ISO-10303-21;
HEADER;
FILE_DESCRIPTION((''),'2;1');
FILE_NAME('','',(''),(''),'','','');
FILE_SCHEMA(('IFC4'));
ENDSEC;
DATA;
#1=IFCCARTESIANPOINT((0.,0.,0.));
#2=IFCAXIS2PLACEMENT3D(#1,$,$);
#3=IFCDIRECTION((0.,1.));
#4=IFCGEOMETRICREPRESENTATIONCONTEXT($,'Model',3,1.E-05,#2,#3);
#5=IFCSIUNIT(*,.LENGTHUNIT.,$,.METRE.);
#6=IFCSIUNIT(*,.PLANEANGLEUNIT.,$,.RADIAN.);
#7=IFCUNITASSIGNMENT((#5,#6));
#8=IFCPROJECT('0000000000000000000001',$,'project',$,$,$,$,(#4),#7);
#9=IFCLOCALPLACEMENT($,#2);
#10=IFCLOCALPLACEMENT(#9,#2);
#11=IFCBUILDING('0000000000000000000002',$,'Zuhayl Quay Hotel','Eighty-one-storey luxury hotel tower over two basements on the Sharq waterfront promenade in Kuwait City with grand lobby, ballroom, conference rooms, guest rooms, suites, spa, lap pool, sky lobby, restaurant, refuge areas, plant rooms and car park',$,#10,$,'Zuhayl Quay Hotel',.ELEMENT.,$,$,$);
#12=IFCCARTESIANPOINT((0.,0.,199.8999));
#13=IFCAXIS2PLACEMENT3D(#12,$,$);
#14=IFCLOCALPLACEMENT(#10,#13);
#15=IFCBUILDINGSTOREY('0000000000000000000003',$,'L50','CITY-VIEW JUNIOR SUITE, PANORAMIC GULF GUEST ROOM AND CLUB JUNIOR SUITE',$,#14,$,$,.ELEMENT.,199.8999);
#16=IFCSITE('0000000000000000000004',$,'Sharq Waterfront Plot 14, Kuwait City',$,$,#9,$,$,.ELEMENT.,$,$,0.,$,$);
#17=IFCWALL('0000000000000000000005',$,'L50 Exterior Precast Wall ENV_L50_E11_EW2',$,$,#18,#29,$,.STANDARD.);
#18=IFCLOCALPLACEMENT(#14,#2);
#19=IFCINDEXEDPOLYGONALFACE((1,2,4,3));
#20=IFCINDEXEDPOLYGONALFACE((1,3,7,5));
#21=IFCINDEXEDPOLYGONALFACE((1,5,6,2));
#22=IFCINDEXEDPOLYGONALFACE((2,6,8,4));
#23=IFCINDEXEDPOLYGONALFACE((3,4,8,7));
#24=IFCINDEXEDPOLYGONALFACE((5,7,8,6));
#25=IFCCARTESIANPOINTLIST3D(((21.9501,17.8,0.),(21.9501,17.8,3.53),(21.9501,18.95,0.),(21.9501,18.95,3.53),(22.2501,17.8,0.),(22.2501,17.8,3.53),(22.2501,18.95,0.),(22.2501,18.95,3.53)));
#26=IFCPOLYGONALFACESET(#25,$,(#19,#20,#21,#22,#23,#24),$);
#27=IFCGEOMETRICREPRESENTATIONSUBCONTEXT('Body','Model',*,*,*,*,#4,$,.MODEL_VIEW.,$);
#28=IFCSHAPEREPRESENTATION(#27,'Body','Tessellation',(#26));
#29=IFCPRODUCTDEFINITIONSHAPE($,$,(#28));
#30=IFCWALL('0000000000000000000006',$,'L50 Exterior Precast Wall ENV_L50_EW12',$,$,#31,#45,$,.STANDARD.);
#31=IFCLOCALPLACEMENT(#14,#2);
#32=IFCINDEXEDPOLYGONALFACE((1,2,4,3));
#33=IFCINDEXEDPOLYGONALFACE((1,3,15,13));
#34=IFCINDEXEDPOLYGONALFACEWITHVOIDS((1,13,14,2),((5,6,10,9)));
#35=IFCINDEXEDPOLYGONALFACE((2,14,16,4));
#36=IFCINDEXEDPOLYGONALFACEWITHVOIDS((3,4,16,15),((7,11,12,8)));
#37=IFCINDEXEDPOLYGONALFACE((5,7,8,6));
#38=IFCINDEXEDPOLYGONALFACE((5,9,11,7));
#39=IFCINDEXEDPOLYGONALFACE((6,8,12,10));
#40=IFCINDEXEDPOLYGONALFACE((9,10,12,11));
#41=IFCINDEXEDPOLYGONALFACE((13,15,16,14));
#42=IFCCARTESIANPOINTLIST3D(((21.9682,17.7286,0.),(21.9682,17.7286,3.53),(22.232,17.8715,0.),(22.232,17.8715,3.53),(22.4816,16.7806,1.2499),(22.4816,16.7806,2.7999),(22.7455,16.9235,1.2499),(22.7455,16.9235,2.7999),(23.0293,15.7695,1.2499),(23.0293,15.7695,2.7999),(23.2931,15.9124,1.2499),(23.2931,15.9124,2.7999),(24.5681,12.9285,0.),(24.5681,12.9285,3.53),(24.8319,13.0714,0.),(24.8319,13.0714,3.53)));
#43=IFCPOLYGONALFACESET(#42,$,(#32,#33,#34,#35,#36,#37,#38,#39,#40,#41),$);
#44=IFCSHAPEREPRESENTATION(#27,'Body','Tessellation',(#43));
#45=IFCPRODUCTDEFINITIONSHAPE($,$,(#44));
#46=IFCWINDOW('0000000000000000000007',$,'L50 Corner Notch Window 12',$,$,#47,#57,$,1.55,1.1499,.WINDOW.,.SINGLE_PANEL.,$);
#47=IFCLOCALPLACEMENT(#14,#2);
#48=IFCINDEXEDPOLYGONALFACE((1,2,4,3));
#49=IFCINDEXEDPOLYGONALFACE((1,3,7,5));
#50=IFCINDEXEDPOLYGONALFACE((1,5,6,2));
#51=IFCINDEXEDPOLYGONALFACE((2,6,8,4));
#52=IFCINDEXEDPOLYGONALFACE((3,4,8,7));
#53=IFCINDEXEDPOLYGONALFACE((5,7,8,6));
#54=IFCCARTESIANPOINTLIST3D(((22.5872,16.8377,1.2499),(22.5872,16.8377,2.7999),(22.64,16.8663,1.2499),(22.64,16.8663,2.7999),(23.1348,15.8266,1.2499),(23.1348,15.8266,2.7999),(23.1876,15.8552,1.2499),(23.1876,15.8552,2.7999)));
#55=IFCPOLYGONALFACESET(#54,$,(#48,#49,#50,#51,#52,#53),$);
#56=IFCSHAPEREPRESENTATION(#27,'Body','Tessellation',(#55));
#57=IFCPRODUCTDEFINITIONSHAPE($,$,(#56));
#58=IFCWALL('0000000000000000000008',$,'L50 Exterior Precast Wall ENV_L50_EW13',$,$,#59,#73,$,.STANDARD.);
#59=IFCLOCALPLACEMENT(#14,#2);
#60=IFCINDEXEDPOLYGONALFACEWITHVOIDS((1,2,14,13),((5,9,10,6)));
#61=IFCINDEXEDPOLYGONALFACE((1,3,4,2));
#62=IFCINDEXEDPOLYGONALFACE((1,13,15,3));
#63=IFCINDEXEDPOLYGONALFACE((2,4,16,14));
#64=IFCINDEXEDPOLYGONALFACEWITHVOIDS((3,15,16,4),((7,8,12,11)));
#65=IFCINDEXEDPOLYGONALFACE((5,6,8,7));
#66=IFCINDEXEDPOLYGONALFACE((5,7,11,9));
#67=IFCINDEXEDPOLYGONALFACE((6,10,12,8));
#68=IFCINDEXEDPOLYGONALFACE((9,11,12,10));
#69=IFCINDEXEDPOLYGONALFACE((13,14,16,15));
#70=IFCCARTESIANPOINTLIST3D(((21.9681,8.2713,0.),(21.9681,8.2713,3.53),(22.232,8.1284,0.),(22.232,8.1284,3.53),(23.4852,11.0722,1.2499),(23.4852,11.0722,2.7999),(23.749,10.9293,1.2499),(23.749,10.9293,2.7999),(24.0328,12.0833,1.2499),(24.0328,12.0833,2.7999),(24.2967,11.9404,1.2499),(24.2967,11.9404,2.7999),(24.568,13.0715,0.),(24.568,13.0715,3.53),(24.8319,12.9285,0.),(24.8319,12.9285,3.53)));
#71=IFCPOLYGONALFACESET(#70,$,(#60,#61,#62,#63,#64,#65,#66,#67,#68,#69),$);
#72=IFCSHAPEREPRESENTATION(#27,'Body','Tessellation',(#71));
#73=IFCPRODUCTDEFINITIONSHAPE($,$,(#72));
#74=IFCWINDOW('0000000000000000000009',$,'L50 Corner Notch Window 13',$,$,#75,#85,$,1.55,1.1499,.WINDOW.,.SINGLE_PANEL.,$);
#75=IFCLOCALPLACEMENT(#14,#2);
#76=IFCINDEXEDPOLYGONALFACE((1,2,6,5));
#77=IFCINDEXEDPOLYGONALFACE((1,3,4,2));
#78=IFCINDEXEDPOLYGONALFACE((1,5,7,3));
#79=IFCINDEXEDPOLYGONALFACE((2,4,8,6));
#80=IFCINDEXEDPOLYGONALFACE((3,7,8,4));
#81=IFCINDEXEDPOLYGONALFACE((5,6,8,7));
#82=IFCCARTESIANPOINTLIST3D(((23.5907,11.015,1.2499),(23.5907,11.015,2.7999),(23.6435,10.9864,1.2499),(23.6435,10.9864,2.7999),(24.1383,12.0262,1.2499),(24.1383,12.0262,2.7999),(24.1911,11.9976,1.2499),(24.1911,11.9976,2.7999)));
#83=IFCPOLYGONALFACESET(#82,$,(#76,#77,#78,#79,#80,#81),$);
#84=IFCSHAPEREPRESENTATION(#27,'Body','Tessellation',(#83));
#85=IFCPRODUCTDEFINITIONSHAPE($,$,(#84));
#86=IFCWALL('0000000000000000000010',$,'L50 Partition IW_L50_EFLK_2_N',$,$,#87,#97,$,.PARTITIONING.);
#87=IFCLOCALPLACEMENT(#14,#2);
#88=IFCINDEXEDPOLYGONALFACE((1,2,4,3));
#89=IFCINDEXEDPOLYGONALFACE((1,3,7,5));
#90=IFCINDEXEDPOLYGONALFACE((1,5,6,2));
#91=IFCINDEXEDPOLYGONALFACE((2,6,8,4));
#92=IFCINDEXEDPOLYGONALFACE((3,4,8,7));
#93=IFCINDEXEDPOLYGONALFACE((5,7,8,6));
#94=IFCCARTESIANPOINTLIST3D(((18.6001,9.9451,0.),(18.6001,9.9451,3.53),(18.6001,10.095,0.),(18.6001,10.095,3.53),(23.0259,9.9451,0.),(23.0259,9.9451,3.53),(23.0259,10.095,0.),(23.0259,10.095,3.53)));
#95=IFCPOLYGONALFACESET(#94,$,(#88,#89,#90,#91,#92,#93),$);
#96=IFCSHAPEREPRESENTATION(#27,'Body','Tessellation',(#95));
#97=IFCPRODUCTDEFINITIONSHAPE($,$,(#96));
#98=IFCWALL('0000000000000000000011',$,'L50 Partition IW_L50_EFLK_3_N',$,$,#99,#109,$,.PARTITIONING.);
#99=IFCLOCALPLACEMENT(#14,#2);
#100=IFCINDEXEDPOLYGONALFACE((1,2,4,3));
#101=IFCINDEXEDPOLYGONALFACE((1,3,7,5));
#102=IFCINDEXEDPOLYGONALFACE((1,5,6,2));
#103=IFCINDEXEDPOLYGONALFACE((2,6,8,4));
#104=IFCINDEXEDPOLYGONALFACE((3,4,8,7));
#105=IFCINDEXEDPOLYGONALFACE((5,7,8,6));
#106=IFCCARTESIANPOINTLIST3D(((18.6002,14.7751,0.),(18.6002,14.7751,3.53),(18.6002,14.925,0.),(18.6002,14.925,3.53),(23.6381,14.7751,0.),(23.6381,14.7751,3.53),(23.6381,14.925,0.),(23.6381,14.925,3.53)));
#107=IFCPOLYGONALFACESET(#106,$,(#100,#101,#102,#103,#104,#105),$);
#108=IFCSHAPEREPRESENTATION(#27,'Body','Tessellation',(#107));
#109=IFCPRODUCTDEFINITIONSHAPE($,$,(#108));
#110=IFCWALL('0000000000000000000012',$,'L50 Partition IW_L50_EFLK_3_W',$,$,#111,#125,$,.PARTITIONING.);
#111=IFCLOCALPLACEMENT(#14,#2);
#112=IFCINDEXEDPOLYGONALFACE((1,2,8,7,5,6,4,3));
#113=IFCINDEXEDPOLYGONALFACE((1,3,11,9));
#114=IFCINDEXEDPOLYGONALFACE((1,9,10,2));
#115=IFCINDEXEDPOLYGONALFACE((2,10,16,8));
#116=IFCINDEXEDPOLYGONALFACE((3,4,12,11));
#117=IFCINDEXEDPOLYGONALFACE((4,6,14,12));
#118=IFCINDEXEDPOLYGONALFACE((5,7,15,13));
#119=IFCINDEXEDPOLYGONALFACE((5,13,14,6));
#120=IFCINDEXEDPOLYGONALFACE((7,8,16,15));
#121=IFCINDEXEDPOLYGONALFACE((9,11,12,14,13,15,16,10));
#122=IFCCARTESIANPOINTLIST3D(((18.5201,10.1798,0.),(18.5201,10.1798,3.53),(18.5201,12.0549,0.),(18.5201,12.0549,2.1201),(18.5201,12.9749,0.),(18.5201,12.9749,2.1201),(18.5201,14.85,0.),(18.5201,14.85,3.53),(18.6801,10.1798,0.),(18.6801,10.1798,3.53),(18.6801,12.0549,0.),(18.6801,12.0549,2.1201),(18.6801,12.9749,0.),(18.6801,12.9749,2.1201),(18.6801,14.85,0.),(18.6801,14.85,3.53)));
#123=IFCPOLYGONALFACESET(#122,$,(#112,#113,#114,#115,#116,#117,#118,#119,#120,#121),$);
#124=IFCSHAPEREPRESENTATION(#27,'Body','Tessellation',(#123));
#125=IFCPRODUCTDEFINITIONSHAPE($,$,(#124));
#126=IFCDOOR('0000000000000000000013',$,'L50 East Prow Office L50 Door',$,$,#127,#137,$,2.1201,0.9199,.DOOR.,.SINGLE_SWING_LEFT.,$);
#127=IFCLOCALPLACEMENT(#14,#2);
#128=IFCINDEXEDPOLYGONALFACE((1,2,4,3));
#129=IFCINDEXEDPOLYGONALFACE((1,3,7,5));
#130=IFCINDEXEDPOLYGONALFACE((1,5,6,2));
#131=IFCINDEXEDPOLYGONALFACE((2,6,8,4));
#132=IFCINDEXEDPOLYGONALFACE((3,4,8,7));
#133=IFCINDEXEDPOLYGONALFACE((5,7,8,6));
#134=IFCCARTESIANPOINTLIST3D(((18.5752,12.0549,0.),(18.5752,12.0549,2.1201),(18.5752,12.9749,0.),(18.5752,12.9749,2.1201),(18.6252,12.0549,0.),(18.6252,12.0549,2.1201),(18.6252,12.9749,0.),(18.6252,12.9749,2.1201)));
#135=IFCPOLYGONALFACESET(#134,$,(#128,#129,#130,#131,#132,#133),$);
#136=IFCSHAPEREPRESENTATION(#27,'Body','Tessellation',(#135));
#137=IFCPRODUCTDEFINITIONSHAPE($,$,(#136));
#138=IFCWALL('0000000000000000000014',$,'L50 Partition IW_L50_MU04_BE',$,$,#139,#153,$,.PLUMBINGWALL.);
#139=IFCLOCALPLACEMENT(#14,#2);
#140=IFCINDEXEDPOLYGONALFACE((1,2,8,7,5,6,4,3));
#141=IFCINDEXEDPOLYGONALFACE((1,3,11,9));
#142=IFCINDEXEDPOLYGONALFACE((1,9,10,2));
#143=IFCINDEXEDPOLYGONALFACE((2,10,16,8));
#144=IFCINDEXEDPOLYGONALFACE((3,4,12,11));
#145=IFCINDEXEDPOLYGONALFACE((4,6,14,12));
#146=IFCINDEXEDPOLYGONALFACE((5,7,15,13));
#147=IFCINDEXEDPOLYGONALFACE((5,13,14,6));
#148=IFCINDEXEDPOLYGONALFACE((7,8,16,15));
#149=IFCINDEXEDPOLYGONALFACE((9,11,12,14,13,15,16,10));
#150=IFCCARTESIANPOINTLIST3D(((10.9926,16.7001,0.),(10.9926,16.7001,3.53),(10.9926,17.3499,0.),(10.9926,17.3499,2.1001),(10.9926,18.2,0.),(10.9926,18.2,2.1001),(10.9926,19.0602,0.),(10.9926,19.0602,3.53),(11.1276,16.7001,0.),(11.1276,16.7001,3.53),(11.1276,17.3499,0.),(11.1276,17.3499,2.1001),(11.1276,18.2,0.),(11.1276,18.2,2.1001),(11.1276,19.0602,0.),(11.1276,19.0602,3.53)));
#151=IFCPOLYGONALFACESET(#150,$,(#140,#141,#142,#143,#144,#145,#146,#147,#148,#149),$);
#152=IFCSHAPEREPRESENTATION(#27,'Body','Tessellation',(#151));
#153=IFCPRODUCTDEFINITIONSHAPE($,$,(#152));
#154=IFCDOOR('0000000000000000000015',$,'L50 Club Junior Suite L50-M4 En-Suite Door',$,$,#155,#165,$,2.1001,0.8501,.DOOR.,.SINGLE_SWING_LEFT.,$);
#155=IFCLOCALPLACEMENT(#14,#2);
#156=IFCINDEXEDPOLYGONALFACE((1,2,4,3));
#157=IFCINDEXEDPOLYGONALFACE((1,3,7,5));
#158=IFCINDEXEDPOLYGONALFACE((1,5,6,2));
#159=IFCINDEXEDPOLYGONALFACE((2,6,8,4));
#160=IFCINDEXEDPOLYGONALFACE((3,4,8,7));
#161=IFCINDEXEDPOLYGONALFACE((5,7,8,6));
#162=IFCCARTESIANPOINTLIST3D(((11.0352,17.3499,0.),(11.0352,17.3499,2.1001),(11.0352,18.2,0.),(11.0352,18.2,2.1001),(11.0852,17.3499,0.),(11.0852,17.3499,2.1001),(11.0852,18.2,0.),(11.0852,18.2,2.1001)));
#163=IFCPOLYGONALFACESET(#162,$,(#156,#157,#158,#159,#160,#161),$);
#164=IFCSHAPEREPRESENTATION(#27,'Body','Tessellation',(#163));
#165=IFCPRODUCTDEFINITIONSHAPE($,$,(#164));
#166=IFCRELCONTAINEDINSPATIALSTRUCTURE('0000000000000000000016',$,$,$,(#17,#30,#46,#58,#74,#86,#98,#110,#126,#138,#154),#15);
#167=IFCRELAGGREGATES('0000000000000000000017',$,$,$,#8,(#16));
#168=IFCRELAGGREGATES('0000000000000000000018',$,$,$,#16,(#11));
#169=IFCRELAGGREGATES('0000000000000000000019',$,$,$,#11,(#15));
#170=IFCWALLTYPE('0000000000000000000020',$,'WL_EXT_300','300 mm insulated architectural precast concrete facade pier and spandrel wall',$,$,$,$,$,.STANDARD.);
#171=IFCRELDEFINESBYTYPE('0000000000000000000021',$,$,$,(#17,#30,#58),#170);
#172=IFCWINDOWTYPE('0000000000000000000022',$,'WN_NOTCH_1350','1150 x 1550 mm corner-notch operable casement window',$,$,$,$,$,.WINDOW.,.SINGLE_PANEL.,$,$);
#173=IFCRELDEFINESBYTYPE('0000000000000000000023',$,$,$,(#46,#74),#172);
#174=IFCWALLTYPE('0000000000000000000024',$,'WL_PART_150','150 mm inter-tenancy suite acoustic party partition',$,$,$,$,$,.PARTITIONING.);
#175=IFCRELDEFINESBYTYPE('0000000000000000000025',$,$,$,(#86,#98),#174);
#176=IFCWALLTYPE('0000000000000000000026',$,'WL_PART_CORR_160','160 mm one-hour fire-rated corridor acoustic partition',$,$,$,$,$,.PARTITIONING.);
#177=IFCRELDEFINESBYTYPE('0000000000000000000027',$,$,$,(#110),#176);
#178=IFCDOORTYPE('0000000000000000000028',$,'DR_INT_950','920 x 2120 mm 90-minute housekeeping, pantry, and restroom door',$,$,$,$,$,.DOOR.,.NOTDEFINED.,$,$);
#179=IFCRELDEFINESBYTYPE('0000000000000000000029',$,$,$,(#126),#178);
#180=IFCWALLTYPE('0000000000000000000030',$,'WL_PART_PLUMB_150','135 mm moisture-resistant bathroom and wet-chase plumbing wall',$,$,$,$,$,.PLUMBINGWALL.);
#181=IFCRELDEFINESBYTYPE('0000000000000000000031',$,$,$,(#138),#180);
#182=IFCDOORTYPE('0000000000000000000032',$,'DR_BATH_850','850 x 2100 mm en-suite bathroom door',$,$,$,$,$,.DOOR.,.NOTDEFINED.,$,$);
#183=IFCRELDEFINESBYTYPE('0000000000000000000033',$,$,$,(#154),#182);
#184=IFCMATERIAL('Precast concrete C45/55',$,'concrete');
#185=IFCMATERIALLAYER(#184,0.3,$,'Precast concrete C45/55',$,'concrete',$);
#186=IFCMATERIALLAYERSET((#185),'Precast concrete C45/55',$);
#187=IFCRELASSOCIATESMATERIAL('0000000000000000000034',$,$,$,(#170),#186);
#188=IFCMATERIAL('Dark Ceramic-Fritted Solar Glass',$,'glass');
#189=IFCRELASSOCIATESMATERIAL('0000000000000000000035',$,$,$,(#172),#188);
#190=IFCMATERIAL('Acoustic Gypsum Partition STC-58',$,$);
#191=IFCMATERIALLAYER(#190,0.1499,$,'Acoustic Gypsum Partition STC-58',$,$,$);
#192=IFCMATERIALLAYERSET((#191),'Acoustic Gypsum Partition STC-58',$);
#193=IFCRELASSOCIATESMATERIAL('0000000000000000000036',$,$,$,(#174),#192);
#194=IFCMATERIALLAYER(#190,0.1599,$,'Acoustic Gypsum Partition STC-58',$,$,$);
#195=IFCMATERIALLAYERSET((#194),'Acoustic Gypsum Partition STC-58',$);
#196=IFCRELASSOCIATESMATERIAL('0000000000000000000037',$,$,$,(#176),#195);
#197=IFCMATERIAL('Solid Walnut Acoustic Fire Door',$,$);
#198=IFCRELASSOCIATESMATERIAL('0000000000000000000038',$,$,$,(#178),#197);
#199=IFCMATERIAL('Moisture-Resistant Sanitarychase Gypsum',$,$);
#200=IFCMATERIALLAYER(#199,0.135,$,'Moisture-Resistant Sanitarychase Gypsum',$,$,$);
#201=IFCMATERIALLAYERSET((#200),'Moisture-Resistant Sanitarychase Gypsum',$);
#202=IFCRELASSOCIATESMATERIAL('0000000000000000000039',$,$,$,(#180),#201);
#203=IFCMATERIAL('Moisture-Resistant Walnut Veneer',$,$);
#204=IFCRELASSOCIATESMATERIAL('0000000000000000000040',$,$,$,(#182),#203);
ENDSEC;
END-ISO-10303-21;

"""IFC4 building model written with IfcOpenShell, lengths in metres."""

from ifc_helpers import new_model, si_unit, direction, frame, frame_2d, origin, place, context, subcontext, project, spatial, rectangle, extrude, material, layer, layer_set, type_object, element, fill, save


model = new_model("IFC4")

# Units and contexts
model_context = context("Model", 3, precision=1e-05, world=origin(), true_north=direction((0.0, 1.0)))
body_context = subcontext(model_context, "Body", "Model", "MODEL_VIEW")
ifc_project = project(units=[si_unit("LENGTHUNIT", "METRE"), si_unit("PLANEANGLEUNIT", "RADIAN")], contexts=[model_context])

# Site, building, storey
site_placement = place(None, origin())
site = spatial("IfcSite", under=ifc_project, at=site_placement, Name="Sharq Waterfront Plot 14, Kuwait City", CompositionType="ELEMENT", RefElevation=0.0)
building_placement = place(site_placement, origin())
building = spatial("IfcBuilding", under=site, at=building_placement, Name="Zuhayl Quay Hotel", Description="Eighty-one-storey luxury hotel tower over two basements on the Sharq waterfront promenade in Kuwait City with grand lobby, ballroom, conference rooms, guest rooms, suites, spa, lap pool, sky lobby, restaurant, refuge areas, plant rooms and car park", LongName="Zuhayl Quay Hotel", CompositionType="ELEMENT")
storey_placement = place(building_placement, frame((0.0, 0.0, 199.8999)))
storey = spatial("IfcBuildingStorey", under=building, at=storey_placement, Name="L50", Description="CITY-VIEW JUNIOR SUITE, PANORAMIC GULF GUEST ROOM AND CLUB JUNIOR SUITE", CompositionType="ELEMENT", Elevation=199.8999)

# Shared definitions
ifc_material_1 = material(Name="Dark Ceramic-Fritted Solar Glass", Category="glass")

# Wall
ifc_material_2 = material(Name="Precast concrete C45/55", Category="concrete")
ifc_layer_1 = layer(ifc_material_2, 0.3, Name="Precast concrete C45/55", Category="concrete")
ifc_layer_set_1 = layer_set([ifc_layer_1], Name="Precast concrete C45/55")
wall_type_1 = type_object("IfcWallType", Name="WL_EXT_300", Description="300 mm insulated architectural precast concrete facade pier and spandrel wall", PredefinedType="STANDARD", material=ifc_layer_set_1)
wall_1_placement = place(storey_placement, frame((22.1001, 18.95, 0.0), z_axis=(0.0, 0.0, 1.0), x_axis=(0.0, -1.0, 0.0)))
element("IfcWall", 1, at=wall_1_placement, inside=storey, type_object=wall_type_1, Name="L50 Exterior Precast Wall ENV_L50_E11_EW2", PredefinedType="STANDARD", context=body_context, shape_type="SweptSolid", body=[
    extrude(rectangle(XDim=1.1499, YDim=0.3, at=frame_2d((0.575, 0.0))), origin(), (0.0, 0.0, 1.0), 3.53),
])

# Walls, openings, windows
wall_2_placement = place(storey_placement, frame((22.1001, 17.8, 0.0), z_axis=(0.0, 0.0, 1.0), x_axis=(0.476259, -0.879305, 0.0)))
wall_2 = element("IfcWall", 2, at=wall_2_placement, inside=storey, type_object=wall_type_1, Name="L50 Exterior Precast Wall ENV_L50_EW12", PredefinedType="STANDARD", context=body_context, shape_type="SweptSolid", body=[
    extrude(rectangle(XDim=5.459, YDim=0.3, at=frame_2d((2.7295, 0.0))), origin(), (0.0, 0.0, 1.0), 3.53),
])
opening_1_placement = place(wall_2_placement, frame((1.0781, 0.0, 1.25)))
opening_1 = element("IfcOpeningElement", 3, at=opening_1_placement, cuts=wall_2, PredefinedType="OPENING", context=body_context, shape_type="SweptSolid", body=[
    extrude(rectangle(XDim=1.1499, YDim=1.55, at=frame_2d((0.575, 0.7749))), frame((0.0, 0.1599, 0.0), z_axis=(0.0, -1.0, 0.0), x_axis=(1.0, 0.0, 0.0)), (0.0, 0.0, 1.0), 0.3201),
])
window_type = type_object("IfcWindowType", Name="WN_NOTCH_1350", Description="1150 x 1550 mm corner-notch operable casement window", PartitioningType="SINGLE_PANEL", PredefinedType="WINDOW", material=ifc_material_1)
window_1_placement = place(opening_1_placement, origin())
window_1 = element("IfcWindow", 4, at=window_1_placement, inside=storey, type_object=window_type, Name="L50 Corner Notch Window 12", OverallHeight=1.55, OverallWidth=1.1499, PartitioningType="SINGLE_PANEL", PredefinedType="WINDOW", context=body_context, shape_type="SweptSolid", body=[
    extrude(rectangle(XDim=1.1499, YDim=1.55, at=frame_2d((0.575, 0.7749))), frame((0.0, 0.03, 0.0), z_axis=(0.0, -1.0, 0.0), x_axis=(1.0, 0.0, 0.0)), (0.0, 0.0, 1.0), 0.0601),
])
fill(opening_1, window_1)
wall_3_placement = place(storey_placement, frame((24.7, 13.0, 0.0), z_axis=(0.0, 0.0, 1.0), x_axis=(-0.476259, -0.879305, 0.0)))
wall_3 = element("IfcWall", 5, at=wall_3_placement, inside=storey, type_object=wall_type_1, Name="L50 Exterior Precast Wall ENV_L50_EW13", PredefinedType="STANDARD", context=body_context, shape_type="SweptSolid", body=[
    extrude(rectangle(XDim=5.459, YDim=0.3, at=frame_2d((2.7295, 0.0))), origin(), (0.0, 0.0, 1.0), 3.53),
])
opening_2_placement = place(wall_3_placement, frame((1.1238, 0.0, 1.25)))
opening_2 = element("IfcOpeningElement", 6, at=opening_2_placement, cuts=wall_3, PredefinedType="OPENING", context=body_context, shape_type="SweptSolid", body=[
    extrude(rectangle(XDim=1.1499, YDim=1.55, at=frame_2d((0.575, 0.7749))), frame((0.0, 0.1599, 0.0), z_axis=(0.0, -1.0, 0.0), x_axis=(1.0, 0.0, 0.0)), (0.0, 0.0, 1.0), 0.3201),
])
window_2_placement = place(opening_2_placement, origin())
window_2 = element("IfcWindow", 7, at=window_2_placement, inside=storey, type_object=window_type, Name="L50 Corner Notch Window 13", OverallHeight=1.55, OverallWidth=1.1499, PartitioningType="SINGLE_PANEL", PredefinedType="WINDOW", context=body_context, shape_type="SweptSolid", body=[
    extrude(rectangle(XDim=1.1499, YDim=1.55, at=frame_2d((0.575, 0.7749))), frame((0.0, 0.03, 0.0), z_axis=(0.0, -1.0, 0.0), x_axis=(1.0, 0.0, 0.0)), (0.0, 0.0, 1.0), 0.0601),
])
fill(opening_2, window_2)

# Walls
ifc_material_3 = material(Name="Acoustic Gypsum Partition STC-58")
ifc_layer_2 = layer(ifc_material_3, 0.1499, Name="Acoustic Gypsum Partition STC-58")
ifc_layer_set_2 = layer_set([ifc_layer_2], Name="Acoustic Gypsum Partition STC-58")
wall_type_2 = type_object("IfcWallType", Name="WL_PART_150", Description="150 mm inter-tenancy suite acoustic party partition", PredefinedType="PARTITIONING", material=ifc_layer_set_2)
wall_4_placement = place(storey_placement, frame((18.6001, 10.02, 0.0), z_axis=(0.0, 0.0, 1.0), x_axis=(1.0, 0.0, 0.0)))
element("IfcWall", 8, at=wall_4_placement, inside=storey, type_object=wall_type_2, Name="L50 Partition IW_L50_EFLK_2_N", PredefinedType="PARTITIONING", context=body_context, shape_type="SweptSolid", body=[
    extrude(rectangle(XDim=4.4258, YDim=0.1499, at=frame_2d((2.2129, 0.0))), origin(), (0.0, 0.0, 1.0), 3.53),
])
wall_5_placement = place(storey_placement, frame((18.6001, 14.8501, 0.0), z_axis=(0.0, 0.0, 1.0), x_axis=(1.0, 0.0, 0.0)))
element("IfcWall", 9, at=wall_5_placement, inside=storey, type_object=wall_type_2, Name="L50 Partition IW_L50_EFLK_3_N", PredefinedType="PARTITIONING", context=body_context, shape_type="SweptSolid", body=[
    extrude(rectangle(XDim=5.0378, YDim=0.1499, at=frame_2d((2.519, 0.0))), origin(), (0.0, 0.0, 1.0), 3.53),
])

# Walls, openings, doors
ifc_layer_3 = layer(ifc_material_3, 0.1599, Name="Acoustic Gypsum Partition STC-58")
ifc_layer_set_3 = layer_set([ifc_layer_3], Name="Acoustic Gypsum Partition STC-58")
wall_type_3 = type_object("IfcWallType", Name="WL_PART_CORR_160", Description="160 mm one-hour fire-rated corridor acoustic partition", PredefinedType="PARTITIONING", material=ifc_layer_set_3)
wall_6_placement = place(storey_placement, frame((18.6001, 10.1799, 0.0), z_axis=(0.0, 0.0, 1.0), x_axis=(0.0, 1.0, 0.0)))
wall_6 = element("IfcWall", 10, at=wall_6_placement, inside=storey, type_object=wall_type_3, Name="L50 Partition IW_L50_EFLK_3_W", PredefinedType="PARTITIONING", context=body_context, shape_type="SweptSolid", body=[
    extrude(rectangle(XDim=4.6702, YDim=0.1599, at=frame_2d((2.335, 0.0))), origin(), (0.0, 0.0, 1.0), 3.53),
])
opening_3_placement = place(wall_6_placement, frame((1.875, 0.0, 0.0)))
opening_3 = element("IfcOpeningElement", 11, at=opening_3_placement, cuts=wall_6, PredefinedType="OPENING", context=body_context, shape_type="SweptSolid", body=[
    extrude(rectangle(XDim=0.9199, YDim=2.1201, at=frame_2d((0.46, 1.0601))), frame((0.0, 0.0898, 0.0), z_axis=(0.0, -1.0, 0.0), x_axis=(1.0, 0.0, 0.0)), (0.0, 0.0, 1.0), 0.1799),
])
ifc_material_4 = material(Name="Solid Walnut Acoustic Fire Door")
door_type_1 = type_object("IfcDoorType", Name="DR_INT_950", Description="920 x 2120 mm 90-minute housekeeping, pantry, and restroom door", OperationType="NOTDEFINED", PredefinedType="DOOR", material=ifc_material_4)
door_1_placement = place(opening_3_placement, origin())
door_1 = element("IfcDoor", 12, at=door_1_placement, inside=storey, type_object=door_type_1, Name="L50 East Prow Office L50 Door", OperationType="SINGLE_SWING_LEFT", OverallHeight=2.1201, OverallWidth=0.9199, PredefinedType="DOOR", context=body_context, shape_type="SweptSolid", body=[
    extrude(rectangle(XDim=0.9199, YDim=2.1201, at=frame_2d((0.46, 1.0601))), frame((0.0, 0.0249, 0.0), z_axis=(0.0, -1.0, 0.0), x_axis=(1.0, 0.0, 0.0)), (0.0, 0.0, 1.0), 0.05),
])
fill(opening_3, door_1)
ifc_material_5 = material(Name="Moisture-Resistant Sanitarychase Gypsum")
ifc_layer_4 = layer(ifc_material_5, 0.135, Name="Moisture-Resistant Sanitarychase Gypsum")
ifc_layer_set_4 = layer_set([ifc_layer_4], Name="Moisture-Resistant Sanitarychase Gypsum")
wall_type_4 = type_object("IfcWallType", Name="WL_PART_PLUMB_150", Description="135 mm moisture-resistant bathroom and wet-chase plumbing wall", PredefinedType="PLUMBINGWALL", material=ifc_layer_set_4)
wall_7_placement = place(storey_placement, frame((11.0601, 16.7, 0.0), z_axis=(0.0, 0.0, 1.0), x_axis=(0.0, 1.0, 0.0)))
wall_7 = element("IfcWall", 13, at=wall_7_placement, inside=storey, type_object=wall_type_4, Name="L50 Partition IW_L50_MU04_BE", PredefinedType="PLUMBINGWALL", context=body_context, shape_type="SweptSolid", body=[
    extrude(rectangle(XDim=2.3601, YDim=0.135, at=frame_2d((1.1802, 0.0))), origin(), (0.0, 0.0, 1.0), 3.53),
])
opening_4_placement = place(wall_7_placement, frame((0.6499, 0.0, 0.0)))
opening_4 = element("IfcOpeningElement", 14, at=opening_4_placement, cuts=wall_7, PredefinedType="OPENING", context=body_context, shape_type="SweptSolid", body=[
    extrude(rectangle(XDim=0.8501, YDim=2.1001, at=frame_2d((0.425, 1.05))), frame((0.0, 0.0774, 0.0), z_axis=(0.0, -1.0, 0.0), x_axis=(1.0, 0.0, 0.0)), (0.0, 0.0, 1.0), 0.155),
])
ifc_material_6 = material(Name="Moisture-Resistant Walnut Veneer")
door_type_2 = type_object("IfcDoorType", Name="DR_BATH_850", Description="850 x 2100 mm en-suite bathroom door", OperationType="NOTDEFINED", PredefinedType="DOOR", material=ifc_material_6)
door_2_placement = place(opening_4_placement, origin())
door_2 = element("IfcDoor", 15, at=door_2_placement, inside=storey, type_object=door_type_2, Name="L50 Club Junior Suite L50-M4 En-Suite Door", OperationType="SINGLE_SWING_LEFT", OverallHeight=2.1001, OverallWidth=0.8501, PredefinedType="DOOR", context=body_context, shape_type="SweptSolid", body=[
    extrude(rectangle(XDim=0.8501, YDim=2.1001, at=frame_2d((0.425, 1.05))), frame((0.0, 0.0249, 0.0), z_axis=(0.0, -1.0, 0.0), x_axis=(1.0, 0.0, 0.0)), (0.0, 0.0, 1.0), 0.05),
])
fill(opening_4, door_2)

save(model, "model.ifc")
